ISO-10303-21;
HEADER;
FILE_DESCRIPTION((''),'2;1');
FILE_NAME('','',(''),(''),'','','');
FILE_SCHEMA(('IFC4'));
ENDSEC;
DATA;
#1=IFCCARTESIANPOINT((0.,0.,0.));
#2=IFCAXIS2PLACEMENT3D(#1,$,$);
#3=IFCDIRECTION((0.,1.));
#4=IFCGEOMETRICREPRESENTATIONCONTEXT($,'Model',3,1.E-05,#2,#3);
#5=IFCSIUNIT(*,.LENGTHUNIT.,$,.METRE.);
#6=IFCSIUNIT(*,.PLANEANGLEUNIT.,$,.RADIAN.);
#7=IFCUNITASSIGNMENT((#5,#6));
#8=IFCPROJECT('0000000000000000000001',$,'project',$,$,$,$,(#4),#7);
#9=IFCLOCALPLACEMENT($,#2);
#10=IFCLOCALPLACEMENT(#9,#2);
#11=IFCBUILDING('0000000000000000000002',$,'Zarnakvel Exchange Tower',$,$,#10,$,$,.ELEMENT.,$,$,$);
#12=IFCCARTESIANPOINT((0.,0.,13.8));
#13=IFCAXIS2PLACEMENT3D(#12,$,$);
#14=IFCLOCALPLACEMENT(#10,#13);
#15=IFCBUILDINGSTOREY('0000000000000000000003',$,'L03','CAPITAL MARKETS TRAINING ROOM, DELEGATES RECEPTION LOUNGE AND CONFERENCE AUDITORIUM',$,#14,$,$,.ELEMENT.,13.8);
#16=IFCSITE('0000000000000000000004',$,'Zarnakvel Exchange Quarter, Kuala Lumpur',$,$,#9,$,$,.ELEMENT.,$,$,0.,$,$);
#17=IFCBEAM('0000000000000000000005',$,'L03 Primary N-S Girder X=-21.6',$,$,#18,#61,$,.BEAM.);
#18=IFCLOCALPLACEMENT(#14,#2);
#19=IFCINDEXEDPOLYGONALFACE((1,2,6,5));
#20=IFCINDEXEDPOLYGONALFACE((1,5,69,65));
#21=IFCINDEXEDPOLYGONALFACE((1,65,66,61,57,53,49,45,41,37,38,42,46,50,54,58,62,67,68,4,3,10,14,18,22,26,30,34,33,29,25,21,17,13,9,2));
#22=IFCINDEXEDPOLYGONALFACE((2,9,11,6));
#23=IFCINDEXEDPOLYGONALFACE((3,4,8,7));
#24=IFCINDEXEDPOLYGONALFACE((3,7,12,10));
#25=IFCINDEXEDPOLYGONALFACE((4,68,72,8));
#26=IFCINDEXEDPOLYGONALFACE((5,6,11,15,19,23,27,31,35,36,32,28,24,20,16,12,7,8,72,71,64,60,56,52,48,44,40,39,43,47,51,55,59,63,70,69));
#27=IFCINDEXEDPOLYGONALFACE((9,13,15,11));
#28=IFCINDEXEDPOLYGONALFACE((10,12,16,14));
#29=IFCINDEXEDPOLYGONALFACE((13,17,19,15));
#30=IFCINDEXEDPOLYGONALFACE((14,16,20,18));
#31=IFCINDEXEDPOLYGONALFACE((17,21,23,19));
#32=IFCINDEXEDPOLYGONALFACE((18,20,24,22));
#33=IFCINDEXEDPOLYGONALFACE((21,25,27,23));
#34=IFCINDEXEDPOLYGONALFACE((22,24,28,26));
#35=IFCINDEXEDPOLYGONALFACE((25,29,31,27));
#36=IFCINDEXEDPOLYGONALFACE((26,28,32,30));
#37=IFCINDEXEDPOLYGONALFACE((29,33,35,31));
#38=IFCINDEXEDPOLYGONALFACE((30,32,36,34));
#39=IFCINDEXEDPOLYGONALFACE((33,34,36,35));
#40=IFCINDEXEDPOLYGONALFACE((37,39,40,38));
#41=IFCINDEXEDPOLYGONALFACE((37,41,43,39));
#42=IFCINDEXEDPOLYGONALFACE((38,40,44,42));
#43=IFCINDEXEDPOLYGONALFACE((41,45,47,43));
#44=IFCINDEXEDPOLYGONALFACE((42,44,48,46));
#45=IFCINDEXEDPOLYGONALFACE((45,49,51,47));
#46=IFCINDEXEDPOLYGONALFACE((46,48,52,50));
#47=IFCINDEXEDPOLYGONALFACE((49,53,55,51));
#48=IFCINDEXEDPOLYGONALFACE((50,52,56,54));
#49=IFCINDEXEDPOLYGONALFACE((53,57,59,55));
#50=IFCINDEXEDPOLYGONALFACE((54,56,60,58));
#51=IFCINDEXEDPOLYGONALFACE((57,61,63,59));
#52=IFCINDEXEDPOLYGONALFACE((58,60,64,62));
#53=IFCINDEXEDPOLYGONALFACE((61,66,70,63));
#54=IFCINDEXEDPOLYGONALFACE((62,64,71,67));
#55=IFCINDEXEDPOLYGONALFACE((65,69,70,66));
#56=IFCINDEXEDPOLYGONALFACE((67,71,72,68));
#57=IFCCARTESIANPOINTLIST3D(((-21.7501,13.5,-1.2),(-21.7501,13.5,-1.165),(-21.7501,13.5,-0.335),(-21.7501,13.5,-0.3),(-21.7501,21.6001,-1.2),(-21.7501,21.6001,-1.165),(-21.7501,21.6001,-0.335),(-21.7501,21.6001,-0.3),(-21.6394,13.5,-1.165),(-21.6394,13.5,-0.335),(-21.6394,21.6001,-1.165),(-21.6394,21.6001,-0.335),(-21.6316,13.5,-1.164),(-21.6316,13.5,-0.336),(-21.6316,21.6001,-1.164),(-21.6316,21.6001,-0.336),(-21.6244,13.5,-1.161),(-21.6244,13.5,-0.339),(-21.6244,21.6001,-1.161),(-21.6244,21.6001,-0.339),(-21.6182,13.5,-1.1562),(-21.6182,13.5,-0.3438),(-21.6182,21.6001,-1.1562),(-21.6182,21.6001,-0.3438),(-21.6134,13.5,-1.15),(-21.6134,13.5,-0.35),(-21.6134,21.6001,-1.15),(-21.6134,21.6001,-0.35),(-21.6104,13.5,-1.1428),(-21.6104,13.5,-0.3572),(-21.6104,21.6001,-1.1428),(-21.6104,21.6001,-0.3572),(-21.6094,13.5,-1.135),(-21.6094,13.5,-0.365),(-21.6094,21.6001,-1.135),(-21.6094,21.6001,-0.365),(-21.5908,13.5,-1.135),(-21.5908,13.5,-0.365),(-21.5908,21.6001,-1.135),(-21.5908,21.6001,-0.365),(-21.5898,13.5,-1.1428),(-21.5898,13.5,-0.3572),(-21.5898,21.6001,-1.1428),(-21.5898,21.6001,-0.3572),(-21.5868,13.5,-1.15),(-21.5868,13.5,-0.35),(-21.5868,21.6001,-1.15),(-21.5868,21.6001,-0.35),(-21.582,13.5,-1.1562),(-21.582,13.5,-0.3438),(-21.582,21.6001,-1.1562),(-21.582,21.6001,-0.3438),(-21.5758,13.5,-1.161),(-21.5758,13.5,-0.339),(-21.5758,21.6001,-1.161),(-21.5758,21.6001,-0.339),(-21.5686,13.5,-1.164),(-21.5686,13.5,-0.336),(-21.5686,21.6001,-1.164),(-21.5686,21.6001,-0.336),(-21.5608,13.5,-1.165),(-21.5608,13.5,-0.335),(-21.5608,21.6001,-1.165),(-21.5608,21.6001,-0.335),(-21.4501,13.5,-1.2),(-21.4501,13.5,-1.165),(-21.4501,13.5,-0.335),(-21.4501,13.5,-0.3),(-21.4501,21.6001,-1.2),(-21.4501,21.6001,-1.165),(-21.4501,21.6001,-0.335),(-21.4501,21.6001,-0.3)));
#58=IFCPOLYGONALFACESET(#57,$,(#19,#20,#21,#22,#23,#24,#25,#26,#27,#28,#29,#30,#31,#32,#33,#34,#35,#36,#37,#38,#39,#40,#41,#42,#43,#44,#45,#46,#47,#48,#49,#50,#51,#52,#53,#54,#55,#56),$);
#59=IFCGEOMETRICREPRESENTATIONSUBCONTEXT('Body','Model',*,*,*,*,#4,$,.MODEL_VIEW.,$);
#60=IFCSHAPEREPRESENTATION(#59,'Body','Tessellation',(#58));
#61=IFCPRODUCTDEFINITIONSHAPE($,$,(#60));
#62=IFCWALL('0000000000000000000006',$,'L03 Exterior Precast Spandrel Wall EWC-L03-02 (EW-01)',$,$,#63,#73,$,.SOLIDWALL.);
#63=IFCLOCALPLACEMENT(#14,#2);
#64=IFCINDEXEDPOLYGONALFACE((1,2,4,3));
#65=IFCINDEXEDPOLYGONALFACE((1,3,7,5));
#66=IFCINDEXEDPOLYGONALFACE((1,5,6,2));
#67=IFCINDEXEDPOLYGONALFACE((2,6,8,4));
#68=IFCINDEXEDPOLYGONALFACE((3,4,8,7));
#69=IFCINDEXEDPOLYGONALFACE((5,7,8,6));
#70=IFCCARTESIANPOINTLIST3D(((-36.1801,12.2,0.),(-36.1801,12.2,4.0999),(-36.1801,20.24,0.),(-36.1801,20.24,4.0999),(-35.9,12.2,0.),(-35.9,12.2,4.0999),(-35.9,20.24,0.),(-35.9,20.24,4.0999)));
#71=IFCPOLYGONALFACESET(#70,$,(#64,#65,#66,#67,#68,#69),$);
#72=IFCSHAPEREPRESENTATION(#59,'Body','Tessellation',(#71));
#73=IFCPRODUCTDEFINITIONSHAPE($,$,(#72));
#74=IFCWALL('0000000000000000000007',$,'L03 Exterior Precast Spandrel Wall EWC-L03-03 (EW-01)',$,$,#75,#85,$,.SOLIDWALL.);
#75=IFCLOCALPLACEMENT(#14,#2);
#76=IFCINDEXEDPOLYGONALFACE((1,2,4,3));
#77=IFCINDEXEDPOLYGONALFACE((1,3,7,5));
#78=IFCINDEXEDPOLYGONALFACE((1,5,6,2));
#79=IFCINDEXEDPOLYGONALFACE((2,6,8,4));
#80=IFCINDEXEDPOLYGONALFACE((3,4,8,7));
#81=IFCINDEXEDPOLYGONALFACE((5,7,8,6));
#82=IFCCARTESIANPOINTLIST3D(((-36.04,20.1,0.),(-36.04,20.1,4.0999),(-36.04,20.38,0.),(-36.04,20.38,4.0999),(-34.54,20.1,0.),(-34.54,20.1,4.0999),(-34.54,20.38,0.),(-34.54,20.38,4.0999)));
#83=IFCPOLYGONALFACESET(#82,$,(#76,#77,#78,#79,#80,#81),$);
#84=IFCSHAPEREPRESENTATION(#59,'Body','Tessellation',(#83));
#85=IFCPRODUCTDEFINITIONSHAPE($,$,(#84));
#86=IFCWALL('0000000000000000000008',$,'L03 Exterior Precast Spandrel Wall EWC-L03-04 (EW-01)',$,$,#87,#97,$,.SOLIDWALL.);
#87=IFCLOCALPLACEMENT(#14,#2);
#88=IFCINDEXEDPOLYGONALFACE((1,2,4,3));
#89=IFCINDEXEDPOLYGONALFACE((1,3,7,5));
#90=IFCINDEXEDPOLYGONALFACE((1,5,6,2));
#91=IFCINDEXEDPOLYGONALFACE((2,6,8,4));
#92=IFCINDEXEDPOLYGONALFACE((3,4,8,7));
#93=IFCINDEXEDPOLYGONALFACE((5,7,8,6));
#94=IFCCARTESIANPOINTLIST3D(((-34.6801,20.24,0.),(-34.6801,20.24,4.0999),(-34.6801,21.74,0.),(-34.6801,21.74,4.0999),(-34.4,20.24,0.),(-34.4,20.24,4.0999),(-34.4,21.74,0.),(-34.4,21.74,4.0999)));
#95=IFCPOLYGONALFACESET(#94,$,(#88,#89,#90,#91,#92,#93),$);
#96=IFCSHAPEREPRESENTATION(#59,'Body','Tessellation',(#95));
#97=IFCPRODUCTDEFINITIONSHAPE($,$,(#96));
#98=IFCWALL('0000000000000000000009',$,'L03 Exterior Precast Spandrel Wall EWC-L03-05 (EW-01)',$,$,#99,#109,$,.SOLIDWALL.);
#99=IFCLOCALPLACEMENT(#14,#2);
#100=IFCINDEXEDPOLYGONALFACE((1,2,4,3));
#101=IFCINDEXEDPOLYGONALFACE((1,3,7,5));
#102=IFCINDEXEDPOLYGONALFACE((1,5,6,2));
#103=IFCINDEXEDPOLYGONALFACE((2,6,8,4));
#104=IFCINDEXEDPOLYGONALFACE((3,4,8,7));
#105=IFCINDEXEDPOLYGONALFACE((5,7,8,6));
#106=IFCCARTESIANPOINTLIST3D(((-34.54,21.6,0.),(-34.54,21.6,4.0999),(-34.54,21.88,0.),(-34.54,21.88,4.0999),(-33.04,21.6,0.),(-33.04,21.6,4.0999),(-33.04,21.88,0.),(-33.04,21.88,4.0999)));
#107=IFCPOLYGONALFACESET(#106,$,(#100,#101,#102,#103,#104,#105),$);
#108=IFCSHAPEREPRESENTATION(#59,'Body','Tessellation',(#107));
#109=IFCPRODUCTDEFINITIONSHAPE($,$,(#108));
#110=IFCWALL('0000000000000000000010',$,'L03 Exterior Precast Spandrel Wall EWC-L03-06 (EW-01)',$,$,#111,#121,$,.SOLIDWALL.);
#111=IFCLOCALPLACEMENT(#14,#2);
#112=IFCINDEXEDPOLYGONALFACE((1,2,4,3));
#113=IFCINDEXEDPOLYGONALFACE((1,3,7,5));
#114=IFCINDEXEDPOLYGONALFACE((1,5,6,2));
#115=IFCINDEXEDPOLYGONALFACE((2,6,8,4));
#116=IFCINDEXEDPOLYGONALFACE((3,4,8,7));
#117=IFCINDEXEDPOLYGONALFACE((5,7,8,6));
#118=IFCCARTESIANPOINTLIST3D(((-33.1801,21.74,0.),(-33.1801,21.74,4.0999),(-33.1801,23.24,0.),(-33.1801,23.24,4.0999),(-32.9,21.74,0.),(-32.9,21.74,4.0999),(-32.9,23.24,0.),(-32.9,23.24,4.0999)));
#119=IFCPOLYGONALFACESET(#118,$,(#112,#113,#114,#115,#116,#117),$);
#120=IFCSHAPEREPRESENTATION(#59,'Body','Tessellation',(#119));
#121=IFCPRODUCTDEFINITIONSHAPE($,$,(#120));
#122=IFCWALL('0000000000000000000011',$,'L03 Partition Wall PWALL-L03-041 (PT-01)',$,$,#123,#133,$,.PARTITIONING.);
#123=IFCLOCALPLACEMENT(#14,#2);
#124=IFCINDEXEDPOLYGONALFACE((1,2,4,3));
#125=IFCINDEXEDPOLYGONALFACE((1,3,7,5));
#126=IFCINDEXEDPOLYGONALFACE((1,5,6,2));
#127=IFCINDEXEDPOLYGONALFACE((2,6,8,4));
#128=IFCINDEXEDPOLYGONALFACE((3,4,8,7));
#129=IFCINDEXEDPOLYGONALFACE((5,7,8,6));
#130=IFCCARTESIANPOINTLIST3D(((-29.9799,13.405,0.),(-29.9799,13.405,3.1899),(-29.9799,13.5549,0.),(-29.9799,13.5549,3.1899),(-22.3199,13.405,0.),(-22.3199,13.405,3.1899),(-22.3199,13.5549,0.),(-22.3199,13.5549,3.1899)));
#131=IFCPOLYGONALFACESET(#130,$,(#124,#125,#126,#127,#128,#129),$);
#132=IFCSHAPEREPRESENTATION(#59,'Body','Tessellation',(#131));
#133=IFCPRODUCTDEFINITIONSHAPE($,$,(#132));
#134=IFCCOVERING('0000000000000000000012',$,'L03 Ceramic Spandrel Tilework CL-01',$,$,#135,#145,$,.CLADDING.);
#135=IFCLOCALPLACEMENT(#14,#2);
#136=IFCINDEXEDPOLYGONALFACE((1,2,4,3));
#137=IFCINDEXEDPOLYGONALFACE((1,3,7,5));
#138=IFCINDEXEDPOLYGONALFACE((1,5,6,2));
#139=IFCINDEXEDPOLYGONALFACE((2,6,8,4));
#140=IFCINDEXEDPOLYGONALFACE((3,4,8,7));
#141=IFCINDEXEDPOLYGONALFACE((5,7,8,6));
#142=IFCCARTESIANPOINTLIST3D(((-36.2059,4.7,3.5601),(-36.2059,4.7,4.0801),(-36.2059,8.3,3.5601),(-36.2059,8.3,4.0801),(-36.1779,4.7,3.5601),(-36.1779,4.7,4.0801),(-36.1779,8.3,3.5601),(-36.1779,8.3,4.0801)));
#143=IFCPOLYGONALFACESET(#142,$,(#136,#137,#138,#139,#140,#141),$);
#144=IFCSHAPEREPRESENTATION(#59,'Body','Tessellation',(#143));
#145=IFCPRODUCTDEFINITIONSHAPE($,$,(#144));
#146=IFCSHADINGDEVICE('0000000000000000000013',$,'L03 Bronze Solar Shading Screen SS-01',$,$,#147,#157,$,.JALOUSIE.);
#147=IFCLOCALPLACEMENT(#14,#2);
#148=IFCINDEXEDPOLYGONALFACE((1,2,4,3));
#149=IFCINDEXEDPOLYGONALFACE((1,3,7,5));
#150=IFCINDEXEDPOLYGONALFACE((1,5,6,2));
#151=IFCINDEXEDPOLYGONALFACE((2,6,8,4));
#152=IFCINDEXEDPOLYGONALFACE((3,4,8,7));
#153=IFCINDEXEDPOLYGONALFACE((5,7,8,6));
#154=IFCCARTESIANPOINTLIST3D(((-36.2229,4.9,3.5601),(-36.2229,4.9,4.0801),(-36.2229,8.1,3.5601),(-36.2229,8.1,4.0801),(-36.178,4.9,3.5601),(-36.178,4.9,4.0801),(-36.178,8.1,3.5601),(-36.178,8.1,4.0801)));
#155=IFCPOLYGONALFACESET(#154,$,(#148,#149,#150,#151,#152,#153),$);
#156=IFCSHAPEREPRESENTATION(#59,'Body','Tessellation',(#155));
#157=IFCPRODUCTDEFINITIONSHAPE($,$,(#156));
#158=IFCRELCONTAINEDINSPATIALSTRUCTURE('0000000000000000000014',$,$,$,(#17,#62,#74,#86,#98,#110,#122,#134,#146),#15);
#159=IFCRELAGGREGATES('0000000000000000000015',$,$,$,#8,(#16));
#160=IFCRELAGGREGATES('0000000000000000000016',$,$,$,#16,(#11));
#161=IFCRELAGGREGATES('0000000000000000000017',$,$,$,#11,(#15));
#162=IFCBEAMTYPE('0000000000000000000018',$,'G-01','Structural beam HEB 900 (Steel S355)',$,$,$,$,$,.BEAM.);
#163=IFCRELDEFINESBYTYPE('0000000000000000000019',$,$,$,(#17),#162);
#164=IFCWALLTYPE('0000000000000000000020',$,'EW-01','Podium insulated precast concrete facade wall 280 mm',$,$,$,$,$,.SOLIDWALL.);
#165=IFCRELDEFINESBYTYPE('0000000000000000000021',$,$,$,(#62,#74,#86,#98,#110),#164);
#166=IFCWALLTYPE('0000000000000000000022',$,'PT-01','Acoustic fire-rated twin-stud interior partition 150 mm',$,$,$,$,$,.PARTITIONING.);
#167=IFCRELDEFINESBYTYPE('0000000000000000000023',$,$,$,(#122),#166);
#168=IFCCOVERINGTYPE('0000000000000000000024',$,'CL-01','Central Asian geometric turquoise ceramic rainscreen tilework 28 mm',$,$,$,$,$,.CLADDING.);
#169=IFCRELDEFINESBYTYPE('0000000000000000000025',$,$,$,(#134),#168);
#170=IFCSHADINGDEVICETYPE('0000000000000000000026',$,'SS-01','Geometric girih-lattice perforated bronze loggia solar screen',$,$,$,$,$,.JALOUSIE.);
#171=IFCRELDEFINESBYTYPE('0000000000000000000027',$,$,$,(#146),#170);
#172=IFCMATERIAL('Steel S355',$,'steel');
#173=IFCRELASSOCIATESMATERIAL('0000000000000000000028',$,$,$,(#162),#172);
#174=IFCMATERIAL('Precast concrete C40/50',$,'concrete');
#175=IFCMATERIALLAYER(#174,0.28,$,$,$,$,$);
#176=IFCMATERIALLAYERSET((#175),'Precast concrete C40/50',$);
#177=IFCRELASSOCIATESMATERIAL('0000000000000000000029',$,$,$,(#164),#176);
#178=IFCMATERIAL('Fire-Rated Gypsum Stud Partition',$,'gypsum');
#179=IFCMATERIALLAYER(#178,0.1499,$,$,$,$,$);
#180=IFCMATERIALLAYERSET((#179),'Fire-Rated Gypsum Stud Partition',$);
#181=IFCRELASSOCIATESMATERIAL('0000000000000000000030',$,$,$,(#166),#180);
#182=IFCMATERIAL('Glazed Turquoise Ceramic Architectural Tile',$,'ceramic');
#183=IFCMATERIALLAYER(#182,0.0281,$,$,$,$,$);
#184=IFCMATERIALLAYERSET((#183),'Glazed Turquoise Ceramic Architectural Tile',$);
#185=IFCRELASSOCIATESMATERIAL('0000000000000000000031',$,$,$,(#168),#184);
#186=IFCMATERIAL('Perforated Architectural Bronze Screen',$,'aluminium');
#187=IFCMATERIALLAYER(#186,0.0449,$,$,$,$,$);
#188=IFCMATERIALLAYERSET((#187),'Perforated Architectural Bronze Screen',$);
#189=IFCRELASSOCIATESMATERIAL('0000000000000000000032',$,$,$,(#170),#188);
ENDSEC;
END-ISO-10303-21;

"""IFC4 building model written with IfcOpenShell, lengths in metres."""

from ifc_helpers import new_model, si_unit, direction, frame, frame_2d, origin, origin_2d, place, context, subcontext, project, spatial, rectangle, i_section, extrude, source, transform, mapped, material, layer, layer_set, material_profile, profile_set, type_object, element, save


model = new_model("IFC4")

# Units and contexts
model_context = context("Model", 3, precision=1e-05, world=origin(), true_north=direction((0.0, 1.0)))
body_context = subcontext(model_context, "Body", "Model", "MODEL_VIEW")
ifc_project = project(units=[si_unit("LENGTHUNIT", "METRE"), si_unit("PLANEANGLEUNIT", "RADIAN")], contexts=[model_context])

# Site, building, storey
site_placement = place(None, origin())
site = spatial("IfcSite", under=ifc_project, at=site_placement, Name="Zarnakvel Exchange Quarter, Kuala Lumpur", CompositionType="ELEMENT", RefElevation=0.0)
building_placement = place(site_placement, origin())
building = spatial("IfcBuilding", under=site, at=building_placement, Name="Zarnakvel Exchange Tower", CompositionType="ELEMENT")
storey_placement = place(building_placement, frame((0.0, 0.0, 13.8)))
storey = spatial("IfcBuildingStorey", under=building, at=storey_placement, Name="L03", Description="CAPITAL MARKETS TRAINING ROOM, DELEGATES RECEPTION LOUNGE AND CONFERENCE AUDITORIUM", CompositionType="ELEMENT", Elevation=13.8)

# Beam
ifc_material_1 = material(Name="Steel S355", Category="steel")
ifc_material_profile_1 = material_profile(ifc_material_1, i_section(OverallWidth=0.3, OverallDepth=0.8999, WebThickness=0.0186, FlangeThickness=0.0349, FilletRadius=0.03, at=origin_2d()))
ifc_profile_set_1 = profile_set([ifc_material_profile_1], Name="Steel S355")
beam_type_1 = type_object("IfcBeamType", Name="G-01", Description="Structural beam HEB 900 (Steel S355)", PredefinedType="BEAM", material=ifc_profile_set_1)
beam_1_placement = place(storey_placement, frame((-21.6001, 13.5, -0.75), z_axis=(0.0, 1.0, 0.0), x_axis=(-1.0, 0.0, 0.0)))
element("IfcBeam", 1, at=beam_1_placement, inside=storey, type_object=beam_type_1, Name="L03 Primary N-S Girder X=-21.6", PredefinedType="BEAM", context=body_context, shape_type="SweptSolid", body=[
    extrude(i_section(OverallWidth=0.3, OverallDepth=0.8999, WebThickness=0.0186, FlangeThickness=0.0349, FilletRadius=0.03, at=origin_2d()), origin(), (0.0, 0.0, 1.0), 8.1001),
])

# Walls
ifc_material_2 = material(Name="Precast concrete C40/50", Category="concrete")
ifc_layer_1 = layer(ifc_material_2, 0.28)
ifc_layer_set_1 = layer_set([ifc_layer_1], Name="Precast concrete C40/50")
wall_type_1 = type_object("IfcWallType", Name="EW-01", Description="Podium insulated precast concrete facade wall 280 mm", PredefinedType="SOLIDWALL", material=ifc_layer_set_1)
wall_1_placement = place(storey_placement, frame((-36.04, 20.24, 0.0), z_axis=(0.0, 0.0, 1.0), x_axis=(0.0, -1.0, 0.0)))
element("IfcWall", 2, at=wall_1_placement, inside=storey, type_object=wall_type_1, Name="L03 Exterior Precast Spandrel Wall EWC-L03-02 (EW-01)", PredefinedType="SOLIDWALL", context=body_context, shape_type="SweptSolid", body=[
    extrude(rectangle(XDim=8.04, YDim=0.28, at=frame_2d((4.02, 0.0))), origin(), (0.0, 0.0, 1.0), 4.0999),
])
for number, where, z_axis, x_axis, name in (
    (3, (-34.54, 20.24, 0.0), (0.0, 0.0, 1.0), (-1.0, 0.0, 0.0), "L03 Exterior Precast Spandrel Wall EWC-L03-03 (EW-01)"),
    (4, (-34.54, 21.74, 0.0), (0.0, 0.0, 1.0), (0.0, -1.0, 0.0), "L03 Exterior Precast Spandrel Wall EWC-L03-04 (EW-01)"),
    (5, (-33.04, 21.74, 0.0), (0.0, 0.0, 1.0), (-1.0, 0.0, 0.0), "L03 Exterior Precast Spandrel Wall EWC-L03-05 (EW-01)"),
    (6, (-33.04, 23.24, 0.0), (0.0, 0.0, 1.0), (0.0, -1.0, 0.0), "L03 Exterior Precast Spandrel Wall EWC-L03-06 (EW-01)"),
):
    element("IfcWall", number, at=place(storey_placement, frame(where, z_axis=z_axis, x_axis=x_axis)), inside=storey, type_object=wall_type_1, Name=name, PredefinedType="SOLIDWALL", context=body_context, shape_type="SweptSolid", body=[
        extrude(rectangle(XDim=1.5, YDim=0.28, at=frame_2d((0.75, 0.0))), origin(), (0.0, 0.0, 1.0), 4.0999),
    ])
ifc_material_3 = material(Name="Fire-Rated Gypsum Stud Partition", Category="gypsum")
ifc_layer_2 = layer(ifc_material_3, 0.1499)
ifc_layer_set_2 = layer_set([ifc_layer_2], Name="Fire-Rated Gypsum Stud Partition")
wall_type_2 = type_object("IfcWallType", Name="PT-01", Description="Acoustic fire-rated twin-stud interior partition 150 mm", PredefinedType="PARTITIONING", material=ifc_layer_set_2)
wall_2_placement = place(storey_placement, frame((-29.98, 13.48, 0.0), z_axis=(0.0, 0.0, 1.0), x_axis=(1.0, 0.0, 0.0)))
element("IfcWall", 7, at=wall_2_placement, inside=storey, type_object=wall_type_2, Name="L03 Partition Wall PWALL-L03-041 (PT-01)", PredefinedType="PARTITIONING", context=body_context, shape_type="SweptSolid", body=[
    extrude(rectangle(XDim=7.6599, YDim=0.1499, at=frame_2d((3.8301, 0.0))), origin(), (0.0, 0.0, 1.0), 3.1899),
])

# Covering
ifc_material_4 = material(Name="Glazed Turquoise Ceramic Architectural Tile", Category="ceramic")
ifc_layer_3 = layer(ifc_material_4, 0.0281)
ifc_layer_set_3 = layer_set([ifc_layer_3], Name="Glazed Turquoise Ceramic Architectural Tile")
covering_type = type_object("IfcCoveringType", Name="CL-01", Description="Central Asian geometric turquoise ceramic rainscreen tilework 28 mm", PredefinedType="CLADDING", material=ifc_layer_set_3)
shared_shape_1 = source(origin(), body_context, "Body", "SweptSolid", [
    extrude(rectangle(XDim=3.6001, YDim=0.0281, at=origin_2d()), origin(), (0.0, 0.0, 1.0), 0.52),
])
covering_placement = place(storey_placement, frame((-36.1919, 6.5, 3.5601), z_axis=(0.0, 0.0, 1.0), x_axis=(0.0, 1.0, 0.0)))
element("IfcCovering", 8, at=covering_placement, inside=storey, type_object=covering_type, Name="L03 Ceramic Spandrel Tilework CL-01", PredefinedType="CLADDING", context=body_context, shape_type="MappedRepresentation", body=[
    mapped(shared_shape_1, transform((0.0, 0.0, 0.0), x_axis=(1.0, 0.0, 0.0), y_axis=(0.0, 1.0, 0.0), z_axis=(0.0, 0.0, 1.0), scale=1.0)),
])

# Shading device
ifc_material_5 = material(Name="Perforated Architectural Bronze Screen", Category="aluminium")
ifc_layer_4 = layer(ifc_material_5, 0.0449)
ifc_layer_set_4 = layer_set([ifc_layer_4], Name="Perforated Architectural Bronze Screen")
shading_device_type = type_object("IfcShadingDeviceType", Name="SS-01", Description="Geometric girih-lattice perforated bronze loggia solar screen", PredefinedType="JALOUSIE", material=ifc_layer_set_4)
shared_shape_2 = source(origin(), body_context, "Body", "SweptSolid", [
    extrude(rectangle(XDim=3.2, YDim=0.0449, at=origin_2d()), origin(), (0.0, 0.0, 1.0), 0.52),
])
shading_device_placement = place(storey_placement, frame((-36.2004, 6.5, 3.5601), z_axis=(0.0, 0.0, 1.0), x_axis=(0.0, 1.0, 0.0)))
element("IfcShadingDevice", 9, at=shading_device_placement, inside=storey, type_object=shading_device_type, Name="L03 Bronze Solar Shading Screen SS-01", PredefinedType="JALOUSIE", context=body_context, shape_type="MappedRepresentation", body=[
    mapped(shared_shape_2, transform((0.0, 0.0, 0.0), x_axis=(1.0, 0.0, 0.0), y_axis=(0.0, 1.0, 0.0), z_axis=(0.0, 0.0, 1.0), scale=1.0)),
])

save(model, "model.ifc")
